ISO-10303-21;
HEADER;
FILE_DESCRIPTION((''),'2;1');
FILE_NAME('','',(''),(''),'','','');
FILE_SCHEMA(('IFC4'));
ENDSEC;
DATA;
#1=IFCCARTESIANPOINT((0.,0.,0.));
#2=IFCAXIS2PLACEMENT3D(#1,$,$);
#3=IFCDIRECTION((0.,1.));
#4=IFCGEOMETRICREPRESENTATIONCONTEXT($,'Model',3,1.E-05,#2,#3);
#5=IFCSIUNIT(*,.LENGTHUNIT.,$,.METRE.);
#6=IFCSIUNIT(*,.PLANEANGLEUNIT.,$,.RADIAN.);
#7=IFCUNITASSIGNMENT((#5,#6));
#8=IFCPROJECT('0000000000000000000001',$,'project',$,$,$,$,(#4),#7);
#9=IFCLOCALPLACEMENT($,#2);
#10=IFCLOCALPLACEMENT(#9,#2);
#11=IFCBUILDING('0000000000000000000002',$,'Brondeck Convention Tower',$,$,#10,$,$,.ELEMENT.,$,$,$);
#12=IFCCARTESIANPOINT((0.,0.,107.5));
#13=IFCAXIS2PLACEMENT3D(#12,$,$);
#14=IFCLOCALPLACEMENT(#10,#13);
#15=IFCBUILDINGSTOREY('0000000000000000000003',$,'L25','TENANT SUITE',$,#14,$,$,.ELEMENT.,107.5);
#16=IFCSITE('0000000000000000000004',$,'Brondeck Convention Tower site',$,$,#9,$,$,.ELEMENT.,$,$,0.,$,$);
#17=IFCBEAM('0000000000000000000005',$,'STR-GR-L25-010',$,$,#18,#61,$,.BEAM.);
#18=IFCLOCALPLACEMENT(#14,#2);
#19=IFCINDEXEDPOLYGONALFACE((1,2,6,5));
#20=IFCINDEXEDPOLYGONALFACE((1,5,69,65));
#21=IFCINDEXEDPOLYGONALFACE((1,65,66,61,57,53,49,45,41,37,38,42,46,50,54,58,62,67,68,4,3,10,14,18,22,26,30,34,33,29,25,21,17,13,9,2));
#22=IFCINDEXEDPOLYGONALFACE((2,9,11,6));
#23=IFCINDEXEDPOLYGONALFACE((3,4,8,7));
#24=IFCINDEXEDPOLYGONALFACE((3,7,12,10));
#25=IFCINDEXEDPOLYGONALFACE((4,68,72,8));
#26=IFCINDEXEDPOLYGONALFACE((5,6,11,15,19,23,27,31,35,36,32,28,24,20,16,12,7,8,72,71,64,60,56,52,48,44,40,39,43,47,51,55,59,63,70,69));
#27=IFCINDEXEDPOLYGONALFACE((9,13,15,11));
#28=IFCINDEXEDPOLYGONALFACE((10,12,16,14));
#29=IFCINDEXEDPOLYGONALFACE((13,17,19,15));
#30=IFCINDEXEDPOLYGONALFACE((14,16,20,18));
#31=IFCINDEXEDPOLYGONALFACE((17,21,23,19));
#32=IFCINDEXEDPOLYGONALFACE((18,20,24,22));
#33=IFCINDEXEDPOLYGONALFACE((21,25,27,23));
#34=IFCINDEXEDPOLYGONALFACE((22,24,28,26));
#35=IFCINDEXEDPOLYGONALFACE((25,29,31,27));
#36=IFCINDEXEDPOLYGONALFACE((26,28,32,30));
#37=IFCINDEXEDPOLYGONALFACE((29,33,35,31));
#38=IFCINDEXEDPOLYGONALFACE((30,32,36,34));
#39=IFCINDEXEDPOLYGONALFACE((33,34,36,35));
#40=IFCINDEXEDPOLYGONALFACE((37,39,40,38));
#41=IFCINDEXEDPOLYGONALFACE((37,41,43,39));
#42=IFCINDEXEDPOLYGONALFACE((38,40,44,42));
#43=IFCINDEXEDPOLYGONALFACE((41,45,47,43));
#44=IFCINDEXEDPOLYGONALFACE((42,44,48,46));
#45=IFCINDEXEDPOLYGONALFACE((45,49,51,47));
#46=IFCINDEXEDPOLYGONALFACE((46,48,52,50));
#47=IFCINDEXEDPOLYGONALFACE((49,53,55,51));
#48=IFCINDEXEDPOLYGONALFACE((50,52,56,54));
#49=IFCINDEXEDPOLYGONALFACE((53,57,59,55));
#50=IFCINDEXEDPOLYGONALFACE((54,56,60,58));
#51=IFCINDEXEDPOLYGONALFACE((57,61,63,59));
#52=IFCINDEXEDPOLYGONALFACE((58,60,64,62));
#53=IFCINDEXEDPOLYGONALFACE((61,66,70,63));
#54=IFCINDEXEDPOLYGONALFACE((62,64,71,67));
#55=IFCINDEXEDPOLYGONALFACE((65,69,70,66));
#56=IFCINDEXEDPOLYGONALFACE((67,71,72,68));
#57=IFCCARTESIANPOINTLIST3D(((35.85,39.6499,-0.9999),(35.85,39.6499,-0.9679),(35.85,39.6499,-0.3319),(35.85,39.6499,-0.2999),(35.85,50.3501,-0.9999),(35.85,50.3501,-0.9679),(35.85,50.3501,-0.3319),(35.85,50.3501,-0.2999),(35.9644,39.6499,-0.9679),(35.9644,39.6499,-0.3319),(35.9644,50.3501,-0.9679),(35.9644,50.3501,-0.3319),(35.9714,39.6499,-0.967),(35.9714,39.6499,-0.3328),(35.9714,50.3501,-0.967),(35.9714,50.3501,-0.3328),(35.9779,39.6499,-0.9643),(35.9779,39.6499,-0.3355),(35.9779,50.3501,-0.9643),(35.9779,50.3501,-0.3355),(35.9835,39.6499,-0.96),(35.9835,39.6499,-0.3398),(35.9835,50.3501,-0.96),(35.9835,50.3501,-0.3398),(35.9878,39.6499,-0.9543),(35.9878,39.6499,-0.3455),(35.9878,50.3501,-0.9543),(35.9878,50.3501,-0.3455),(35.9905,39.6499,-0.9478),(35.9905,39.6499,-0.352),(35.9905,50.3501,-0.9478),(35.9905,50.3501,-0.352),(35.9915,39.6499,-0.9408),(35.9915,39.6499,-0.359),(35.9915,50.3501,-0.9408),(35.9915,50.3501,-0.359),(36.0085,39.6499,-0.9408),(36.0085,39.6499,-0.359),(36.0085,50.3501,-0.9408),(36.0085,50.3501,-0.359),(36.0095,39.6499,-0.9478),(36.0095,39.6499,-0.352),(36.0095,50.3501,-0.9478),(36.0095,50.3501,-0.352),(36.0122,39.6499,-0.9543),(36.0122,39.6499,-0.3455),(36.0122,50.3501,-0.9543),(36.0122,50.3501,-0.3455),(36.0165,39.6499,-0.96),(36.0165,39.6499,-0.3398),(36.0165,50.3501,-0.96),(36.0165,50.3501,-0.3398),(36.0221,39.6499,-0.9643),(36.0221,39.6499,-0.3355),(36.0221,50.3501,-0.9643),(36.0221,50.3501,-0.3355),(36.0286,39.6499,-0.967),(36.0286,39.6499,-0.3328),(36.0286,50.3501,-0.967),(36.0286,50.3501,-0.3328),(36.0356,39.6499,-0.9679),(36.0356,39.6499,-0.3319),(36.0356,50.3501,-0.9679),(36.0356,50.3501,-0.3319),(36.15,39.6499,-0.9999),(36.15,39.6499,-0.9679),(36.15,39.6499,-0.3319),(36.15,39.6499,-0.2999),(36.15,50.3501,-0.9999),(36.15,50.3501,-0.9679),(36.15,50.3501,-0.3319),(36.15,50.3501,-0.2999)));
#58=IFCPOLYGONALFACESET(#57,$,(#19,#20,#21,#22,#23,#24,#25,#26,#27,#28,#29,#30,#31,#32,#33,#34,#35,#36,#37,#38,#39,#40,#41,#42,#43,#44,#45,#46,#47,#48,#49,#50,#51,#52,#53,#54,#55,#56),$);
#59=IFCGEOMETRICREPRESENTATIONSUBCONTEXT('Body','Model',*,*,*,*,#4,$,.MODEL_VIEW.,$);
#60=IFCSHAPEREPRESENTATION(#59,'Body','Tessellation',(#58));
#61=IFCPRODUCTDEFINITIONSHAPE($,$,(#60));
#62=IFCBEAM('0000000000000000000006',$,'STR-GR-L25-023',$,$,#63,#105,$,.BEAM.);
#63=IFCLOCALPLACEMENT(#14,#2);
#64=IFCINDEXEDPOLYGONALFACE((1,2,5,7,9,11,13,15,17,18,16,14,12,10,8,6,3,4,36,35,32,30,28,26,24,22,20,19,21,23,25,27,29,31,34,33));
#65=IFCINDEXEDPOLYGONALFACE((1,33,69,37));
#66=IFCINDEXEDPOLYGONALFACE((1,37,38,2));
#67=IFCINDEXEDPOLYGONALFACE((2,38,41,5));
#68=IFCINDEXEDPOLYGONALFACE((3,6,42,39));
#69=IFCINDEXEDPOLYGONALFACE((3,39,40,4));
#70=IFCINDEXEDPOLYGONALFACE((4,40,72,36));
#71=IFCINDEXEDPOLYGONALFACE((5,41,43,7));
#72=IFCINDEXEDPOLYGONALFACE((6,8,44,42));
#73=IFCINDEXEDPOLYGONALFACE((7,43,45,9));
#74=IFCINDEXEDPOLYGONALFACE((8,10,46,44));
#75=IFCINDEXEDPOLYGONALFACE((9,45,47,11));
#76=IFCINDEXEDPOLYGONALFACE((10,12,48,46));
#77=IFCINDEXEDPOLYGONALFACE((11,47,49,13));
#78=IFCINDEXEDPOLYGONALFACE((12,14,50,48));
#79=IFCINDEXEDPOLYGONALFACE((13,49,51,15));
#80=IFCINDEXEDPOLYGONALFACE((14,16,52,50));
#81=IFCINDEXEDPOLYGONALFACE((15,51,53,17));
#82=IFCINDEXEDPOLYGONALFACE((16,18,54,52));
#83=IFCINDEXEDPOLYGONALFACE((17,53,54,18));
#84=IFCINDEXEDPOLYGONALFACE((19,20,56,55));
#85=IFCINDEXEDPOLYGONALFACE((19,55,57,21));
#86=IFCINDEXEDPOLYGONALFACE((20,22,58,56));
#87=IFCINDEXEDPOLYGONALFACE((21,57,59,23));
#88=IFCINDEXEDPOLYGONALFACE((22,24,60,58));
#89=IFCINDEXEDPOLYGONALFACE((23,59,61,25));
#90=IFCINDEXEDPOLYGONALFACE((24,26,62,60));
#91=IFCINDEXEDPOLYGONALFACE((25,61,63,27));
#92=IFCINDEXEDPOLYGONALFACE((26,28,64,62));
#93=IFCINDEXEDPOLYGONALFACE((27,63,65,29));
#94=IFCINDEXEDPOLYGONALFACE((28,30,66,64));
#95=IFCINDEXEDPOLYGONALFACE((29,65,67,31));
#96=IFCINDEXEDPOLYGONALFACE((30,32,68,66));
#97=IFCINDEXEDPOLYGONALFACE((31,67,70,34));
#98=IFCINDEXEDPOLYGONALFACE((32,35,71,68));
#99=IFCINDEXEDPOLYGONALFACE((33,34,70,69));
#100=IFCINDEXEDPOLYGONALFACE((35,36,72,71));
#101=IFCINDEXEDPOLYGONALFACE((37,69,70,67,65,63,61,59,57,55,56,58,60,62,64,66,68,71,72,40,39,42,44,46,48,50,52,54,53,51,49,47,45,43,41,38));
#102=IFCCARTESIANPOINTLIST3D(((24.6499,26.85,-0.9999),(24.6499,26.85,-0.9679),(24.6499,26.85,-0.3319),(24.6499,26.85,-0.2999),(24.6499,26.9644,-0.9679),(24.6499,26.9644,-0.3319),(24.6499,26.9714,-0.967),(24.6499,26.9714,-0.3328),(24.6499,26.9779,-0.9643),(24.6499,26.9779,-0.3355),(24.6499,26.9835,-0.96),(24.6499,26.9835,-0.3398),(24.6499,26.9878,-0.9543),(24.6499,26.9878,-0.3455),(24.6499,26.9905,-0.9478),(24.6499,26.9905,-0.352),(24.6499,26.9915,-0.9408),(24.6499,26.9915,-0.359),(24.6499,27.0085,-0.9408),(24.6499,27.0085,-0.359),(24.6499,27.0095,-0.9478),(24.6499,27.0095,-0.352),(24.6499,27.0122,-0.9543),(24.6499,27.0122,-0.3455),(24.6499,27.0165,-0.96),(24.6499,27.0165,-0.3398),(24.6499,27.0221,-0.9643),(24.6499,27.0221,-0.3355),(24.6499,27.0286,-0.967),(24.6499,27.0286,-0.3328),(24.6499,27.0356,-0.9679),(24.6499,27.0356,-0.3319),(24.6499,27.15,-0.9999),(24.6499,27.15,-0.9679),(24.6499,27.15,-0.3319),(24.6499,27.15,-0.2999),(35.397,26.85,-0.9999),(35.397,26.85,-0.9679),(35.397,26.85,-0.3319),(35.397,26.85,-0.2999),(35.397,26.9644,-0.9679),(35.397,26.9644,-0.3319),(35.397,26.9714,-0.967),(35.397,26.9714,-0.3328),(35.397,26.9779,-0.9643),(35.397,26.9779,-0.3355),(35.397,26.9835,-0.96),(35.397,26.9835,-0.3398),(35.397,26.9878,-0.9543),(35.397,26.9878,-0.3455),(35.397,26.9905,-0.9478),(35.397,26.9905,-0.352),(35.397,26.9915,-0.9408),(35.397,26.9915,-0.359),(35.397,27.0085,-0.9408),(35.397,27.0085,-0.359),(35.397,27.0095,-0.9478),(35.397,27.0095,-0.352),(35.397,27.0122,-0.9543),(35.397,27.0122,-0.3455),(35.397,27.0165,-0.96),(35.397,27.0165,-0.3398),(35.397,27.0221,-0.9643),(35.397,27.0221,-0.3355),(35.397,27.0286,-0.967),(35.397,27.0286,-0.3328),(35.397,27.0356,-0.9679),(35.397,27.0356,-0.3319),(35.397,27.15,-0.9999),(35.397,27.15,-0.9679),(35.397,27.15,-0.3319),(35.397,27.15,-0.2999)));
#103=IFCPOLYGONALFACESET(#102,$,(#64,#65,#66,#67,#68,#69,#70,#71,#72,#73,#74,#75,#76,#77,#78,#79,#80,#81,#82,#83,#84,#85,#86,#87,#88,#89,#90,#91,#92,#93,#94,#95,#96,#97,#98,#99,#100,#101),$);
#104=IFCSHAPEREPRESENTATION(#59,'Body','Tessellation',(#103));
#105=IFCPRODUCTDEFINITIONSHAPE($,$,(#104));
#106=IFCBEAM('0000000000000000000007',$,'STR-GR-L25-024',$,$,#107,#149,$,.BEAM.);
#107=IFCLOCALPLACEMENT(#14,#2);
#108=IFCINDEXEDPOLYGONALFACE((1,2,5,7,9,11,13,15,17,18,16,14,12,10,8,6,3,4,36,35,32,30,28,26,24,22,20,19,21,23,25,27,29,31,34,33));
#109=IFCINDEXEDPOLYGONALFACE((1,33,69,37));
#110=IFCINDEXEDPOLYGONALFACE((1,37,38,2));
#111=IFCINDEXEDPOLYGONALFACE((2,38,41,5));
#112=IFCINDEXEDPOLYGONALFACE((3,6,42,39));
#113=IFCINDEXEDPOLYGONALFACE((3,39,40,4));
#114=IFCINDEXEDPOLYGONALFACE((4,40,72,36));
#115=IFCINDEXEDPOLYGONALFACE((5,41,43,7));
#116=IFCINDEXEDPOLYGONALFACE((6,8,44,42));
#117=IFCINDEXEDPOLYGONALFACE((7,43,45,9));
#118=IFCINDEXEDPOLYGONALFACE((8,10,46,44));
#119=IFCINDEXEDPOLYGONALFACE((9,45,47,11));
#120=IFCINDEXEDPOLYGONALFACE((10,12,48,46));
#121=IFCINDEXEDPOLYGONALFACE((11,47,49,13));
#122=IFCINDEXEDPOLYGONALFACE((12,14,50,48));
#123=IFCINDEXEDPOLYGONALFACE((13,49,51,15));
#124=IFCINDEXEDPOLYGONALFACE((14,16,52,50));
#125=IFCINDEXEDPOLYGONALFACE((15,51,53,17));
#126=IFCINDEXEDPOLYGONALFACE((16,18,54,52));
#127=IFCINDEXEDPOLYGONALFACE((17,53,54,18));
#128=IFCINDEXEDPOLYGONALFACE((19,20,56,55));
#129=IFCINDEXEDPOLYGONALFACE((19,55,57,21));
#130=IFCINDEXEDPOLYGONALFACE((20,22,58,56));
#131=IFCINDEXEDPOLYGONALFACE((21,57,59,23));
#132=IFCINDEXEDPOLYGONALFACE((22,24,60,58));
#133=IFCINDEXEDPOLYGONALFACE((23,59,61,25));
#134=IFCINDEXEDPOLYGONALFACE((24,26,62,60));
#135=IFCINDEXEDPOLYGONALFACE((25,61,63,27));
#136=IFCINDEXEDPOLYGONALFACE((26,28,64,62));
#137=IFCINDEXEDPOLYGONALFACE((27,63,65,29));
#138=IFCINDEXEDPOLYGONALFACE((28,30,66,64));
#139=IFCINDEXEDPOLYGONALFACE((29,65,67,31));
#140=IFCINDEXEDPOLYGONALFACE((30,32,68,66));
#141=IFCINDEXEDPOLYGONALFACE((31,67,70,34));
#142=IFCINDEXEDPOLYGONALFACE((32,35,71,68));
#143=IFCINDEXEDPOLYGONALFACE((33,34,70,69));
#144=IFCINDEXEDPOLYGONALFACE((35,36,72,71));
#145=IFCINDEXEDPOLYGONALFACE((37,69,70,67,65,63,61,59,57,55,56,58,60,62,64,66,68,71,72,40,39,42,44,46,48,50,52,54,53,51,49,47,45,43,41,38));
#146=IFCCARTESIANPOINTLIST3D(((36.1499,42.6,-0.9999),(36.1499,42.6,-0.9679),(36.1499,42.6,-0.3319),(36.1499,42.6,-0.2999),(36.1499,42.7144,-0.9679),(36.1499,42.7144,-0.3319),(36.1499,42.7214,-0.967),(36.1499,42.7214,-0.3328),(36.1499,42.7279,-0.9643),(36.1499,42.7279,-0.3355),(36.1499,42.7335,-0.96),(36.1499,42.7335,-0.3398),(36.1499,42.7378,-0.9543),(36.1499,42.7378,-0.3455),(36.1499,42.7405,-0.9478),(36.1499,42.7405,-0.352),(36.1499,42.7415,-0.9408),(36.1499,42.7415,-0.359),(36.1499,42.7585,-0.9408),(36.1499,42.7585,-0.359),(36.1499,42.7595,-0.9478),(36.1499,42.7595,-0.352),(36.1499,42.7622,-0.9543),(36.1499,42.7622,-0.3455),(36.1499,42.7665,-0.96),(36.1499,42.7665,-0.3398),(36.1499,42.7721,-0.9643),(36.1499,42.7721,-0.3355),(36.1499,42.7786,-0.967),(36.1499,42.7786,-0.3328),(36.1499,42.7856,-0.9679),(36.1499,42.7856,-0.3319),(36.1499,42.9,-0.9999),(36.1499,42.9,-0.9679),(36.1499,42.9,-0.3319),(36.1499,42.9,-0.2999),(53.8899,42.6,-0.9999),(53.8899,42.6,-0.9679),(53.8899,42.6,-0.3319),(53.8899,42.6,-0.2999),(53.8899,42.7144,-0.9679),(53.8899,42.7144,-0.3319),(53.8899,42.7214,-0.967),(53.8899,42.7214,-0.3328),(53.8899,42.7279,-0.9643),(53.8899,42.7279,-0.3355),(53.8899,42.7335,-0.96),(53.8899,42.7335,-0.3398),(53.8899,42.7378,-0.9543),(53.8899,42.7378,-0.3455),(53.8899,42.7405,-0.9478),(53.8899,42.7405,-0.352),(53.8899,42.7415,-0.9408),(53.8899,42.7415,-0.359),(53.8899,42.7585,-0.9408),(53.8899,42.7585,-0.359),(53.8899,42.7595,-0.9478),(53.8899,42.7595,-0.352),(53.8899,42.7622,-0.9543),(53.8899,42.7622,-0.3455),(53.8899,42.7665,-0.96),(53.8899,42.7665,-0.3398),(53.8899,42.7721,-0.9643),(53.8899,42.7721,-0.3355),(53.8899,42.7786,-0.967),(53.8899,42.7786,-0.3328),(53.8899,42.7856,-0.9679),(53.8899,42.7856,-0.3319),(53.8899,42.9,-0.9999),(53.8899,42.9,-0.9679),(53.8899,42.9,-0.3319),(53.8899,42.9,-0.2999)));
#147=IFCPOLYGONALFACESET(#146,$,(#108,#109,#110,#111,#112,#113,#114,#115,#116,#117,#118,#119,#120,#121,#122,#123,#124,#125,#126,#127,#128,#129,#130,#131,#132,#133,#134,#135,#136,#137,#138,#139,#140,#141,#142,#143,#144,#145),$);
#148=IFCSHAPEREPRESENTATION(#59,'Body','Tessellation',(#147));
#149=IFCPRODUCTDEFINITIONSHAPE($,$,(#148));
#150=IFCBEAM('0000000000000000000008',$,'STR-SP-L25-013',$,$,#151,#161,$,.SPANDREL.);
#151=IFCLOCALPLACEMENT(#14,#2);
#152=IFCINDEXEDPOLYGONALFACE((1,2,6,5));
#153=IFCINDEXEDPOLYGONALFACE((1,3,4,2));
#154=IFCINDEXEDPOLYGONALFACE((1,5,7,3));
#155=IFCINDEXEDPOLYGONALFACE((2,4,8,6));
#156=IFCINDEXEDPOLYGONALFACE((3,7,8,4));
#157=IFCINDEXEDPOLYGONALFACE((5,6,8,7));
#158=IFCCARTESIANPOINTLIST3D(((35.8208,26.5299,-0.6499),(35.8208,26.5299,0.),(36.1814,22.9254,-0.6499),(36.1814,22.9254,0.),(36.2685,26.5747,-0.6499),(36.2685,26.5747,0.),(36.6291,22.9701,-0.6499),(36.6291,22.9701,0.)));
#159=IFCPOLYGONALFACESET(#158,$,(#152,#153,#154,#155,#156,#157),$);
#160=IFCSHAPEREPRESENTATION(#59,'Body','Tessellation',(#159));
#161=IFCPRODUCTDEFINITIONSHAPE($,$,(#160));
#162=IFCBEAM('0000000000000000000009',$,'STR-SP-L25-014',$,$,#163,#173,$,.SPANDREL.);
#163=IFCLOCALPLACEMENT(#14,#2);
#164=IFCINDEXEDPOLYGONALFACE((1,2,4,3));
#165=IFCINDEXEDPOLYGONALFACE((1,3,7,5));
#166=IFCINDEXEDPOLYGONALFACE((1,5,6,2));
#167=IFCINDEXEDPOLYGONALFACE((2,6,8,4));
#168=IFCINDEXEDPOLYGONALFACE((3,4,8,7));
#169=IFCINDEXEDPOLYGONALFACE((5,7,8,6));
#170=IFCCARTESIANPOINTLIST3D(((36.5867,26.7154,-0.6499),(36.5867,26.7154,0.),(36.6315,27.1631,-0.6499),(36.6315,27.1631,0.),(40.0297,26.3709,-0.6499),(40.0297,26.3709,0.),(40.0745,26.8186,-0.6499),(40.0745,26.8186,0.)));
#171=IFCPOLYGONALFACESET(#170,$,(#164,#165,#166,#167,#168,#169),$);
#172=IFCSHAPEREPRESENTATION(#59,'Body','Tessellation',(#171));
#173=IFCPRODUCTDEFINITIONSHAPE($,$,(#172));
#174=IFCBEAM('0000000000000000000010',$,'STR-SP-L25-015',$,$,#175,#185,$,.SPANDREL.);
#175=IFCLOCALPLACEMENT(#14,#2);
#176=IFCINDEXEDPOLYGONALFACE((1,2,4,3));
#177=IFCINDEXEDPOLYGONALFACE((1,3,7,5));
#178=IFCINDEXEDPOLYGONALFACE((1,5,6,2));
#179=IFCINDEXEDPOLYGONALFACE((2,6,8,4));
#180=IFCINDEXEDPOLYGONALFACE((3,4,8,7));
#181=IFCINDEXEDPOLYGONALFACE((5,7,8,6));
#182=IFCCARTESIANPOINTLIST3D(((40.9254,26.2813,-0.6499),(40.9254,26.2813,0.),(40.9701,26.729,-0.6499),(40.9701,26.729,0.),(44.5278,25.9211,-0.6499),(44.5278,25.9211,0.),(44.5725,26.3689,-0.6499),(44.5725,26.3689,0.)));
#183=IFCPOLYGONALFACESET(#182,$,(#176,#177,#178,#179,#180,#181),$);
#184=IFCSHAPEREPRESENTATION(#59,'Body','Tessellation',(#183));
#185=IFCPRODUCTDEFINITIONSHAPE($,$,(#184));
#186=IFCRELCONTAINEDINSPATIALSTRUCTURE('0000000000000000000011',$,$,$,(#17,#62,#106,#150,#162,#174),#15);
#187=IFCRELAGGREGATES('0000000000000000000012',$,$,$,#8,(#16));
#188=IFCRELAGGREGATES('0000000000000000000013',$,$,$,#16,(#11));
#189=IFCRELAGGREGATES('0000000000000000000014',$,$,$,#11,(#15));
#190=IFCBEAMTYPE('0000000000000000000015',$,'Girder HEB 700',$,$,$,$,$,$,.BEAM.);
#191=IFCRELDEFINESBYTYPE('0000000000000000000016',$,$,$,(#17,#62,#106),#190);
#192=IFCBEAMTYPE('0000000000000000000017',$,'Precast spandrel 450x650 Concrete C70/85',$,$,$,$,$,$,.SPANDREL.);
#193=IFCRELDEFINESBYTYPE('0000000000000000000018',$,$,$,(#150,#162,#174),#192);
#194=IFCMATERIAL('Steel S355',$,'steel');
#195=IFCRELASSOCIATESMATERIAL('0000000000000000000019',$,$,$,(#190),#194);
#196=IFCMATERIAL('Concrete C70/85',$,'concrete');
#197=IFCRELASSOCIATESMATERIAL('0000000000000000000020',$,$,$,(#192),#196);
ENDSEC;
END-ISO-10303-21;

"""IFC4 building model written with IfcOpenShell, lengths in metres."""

from ifc_helpers import new_model, si_unit, direction, frame, origin, origin_2d, place, context, subcontext, project, spatial, rectangle, i_section, extrude, material, material_profile, profile_set, type_object, element, save


model = new_model("IFC4")

# Units and contexts
model_context = context("Model", 3, precision=1e-05, world=origin(), true_north=direction((0.0, 1.0)))
body_context = subcontext(model_context, "Body", "Model", "MODEL_VIEW")
ifc_project = project(units=[si_unit("LENGTHUNIT", "METRE"), si_unit("PLANEANGLEUNIT", "RADIAN")], contexts=[model_context])

# Site, building, storey
site_placement = place(None, origin())
site = spatial("IfcSite", under=ifc_project, at=site_placement, Name="Brondeck Convention Tower site", CompositionType="ELEMENT", RefElevation=0.0)
building_placement = place(site_placement, origin())
building = spatial("IfcBuilding", under=site, at=building_placement, Name="Brondeck Convention Tower", CompositionType="ELEMENT")
storey_placement = place(building_placement, frame((0.0, 0.0, 107.5)))
storey = spatial("IfcBuildingStorey", under=building, at=storey_placement, Name="L25", Description="TENANT SUITE", CompositionType="ELEMENT", Elevation=107.5)

# Shared definitions
ifc_material_1 = material(Name="Concrete C70/85", Category="concrete")

# Beams
ifc_material_2 = material(Name="Steel S355", Category="steel")
ifc_material_profile_1 = material_profile(ifc_material_2, i_section(OverallWidth=0.3, OverallDepth=0.7, WebThickness=0.0171, FlangeThickness=0.032, FilletRadius=0.0271, at=origin_2d()), Name="HEB 700")
ifc_profile_set_1 = profile_set([ifc_material_profile_1], Name="Steel S355")
beam_type_1 = type_object("IfcBeamType", Name="Girder HEB 700", PredefinedType="BEAM", material=ifc_profile_set_1)
beam_1_placement = place(storey_placement, frame((36.0, 39.6499, -0.6499), z_axis=(0.0, 1.0, 0.0), x_axis=(-1.0, 0.0, 0.0)))
element("IfcBeam", 1, at=beam_1_placement, inside=storey, type_object=beam_type_1, Name="STR-GR-L25-010", PredefinedType="BEAM", context=body_context, shape_type="SweptSolid", body=[
    extrude(i_section(OverallWidth=0.3, OverallDepth=0.7, WebThickness=0.0171, FlangeThickness=0.032, FilletRadius=0.0271, at=origin_2d()), origin(), (0.0, 0.0, 1.0), 10.7002),
])
beam_2_placement = place(storey_placement, frame((24.6499, 27.0, -0.6499), z_axis=(1.0, 0.0, 0.0), x_axis=(0.0, 1.0, 0.0)))
element("IfcBeam", 2, at=beam_2_placement, inside=storey, type_object=beam_type_1, Name="STR-GR-L25-023", PredefinedType="BEAM", context=body_context, shape_type="SweptSolid", body=[
    extrude(i_section(OverallWidth=0.3, OverallDepth=0.7, WebThickness=0.0171, FlangeThickness=0.032, FilletRadius=0.0271, at=origin_2d()), origin(), (0.0, 0.0, 1.0), 10.7471),
])
beam_3_placement = place(storey_placement, frame((36.1499, 42.75, -0.6499), z_axis=(1.0, 0.0, 0.0), x_axis=(0.0, 1.0, 0.0)))
element("IfcBeam", 3, at=beam_3_placement, inside=storey, type_object=beam_type_1, Name="STR-GR-L25-024", PredefinedType="BEAM", context=body_context, shape_type="SweptSolid", body=[
    extrude(i_section(OverallWidth=0.3, OverallDepth=0.7, WebThickness=0.0171, FlangeThickness=0.032, FilletRadius=0.0271, at=origin_2d()), origin(), (0.0, 0.0, 1.0), 17.74),
])
ifc_material_profile_2 = material_profile(ifc_material_1, rectangle(XDim=0.45, YDim=0.6499, at=origin_2d()), Name="Precast spandrel 450x650 Concrete C70/85")
ifc_profile_set_2 = profile_set([ifc_material_profile_2], Name="Concrete C70/85")
beam_type_2 = type_object("IfcBeamType", Name="Precast spandrel 450x650 Concrete C70/85", PredefinedType="SPANDREL", material=ifc_profile_set_2)
beam_4_placement = place(storey_placement, frame((36.4053, 22.9478, -0.325), z_axis=(-0.099544, 0.995033, 0.0), x_axis=(-0.995033, -0.099544, 0.0)))
element("IfcBeam", 4, at=beam_4_placement, inside=storey, type_object=beam_type_2, Name="STR-SP-L25-013", PredefinedType="SPANDREL", context=body_context, shape_type="SweptSolid", body=[
    extrude(rectangle(XDim=0.45, YDim=0.6499, at=origin_2d()), origin(), (0.0, 0.0, 1.0), 3.6226),
])
beam_5_placement = place(storey_placement, frame((36.6091, 26.9392, -0.325), z_axis=(0.995032, -0.099553, 0.0), x_axis=(0.099553, 0.995032, 0.0)))
element("IfcBeam", 5, at=beam_5_placement, inside=storey, type_object=beam_type_2, Name="STR-SP-L25-014", PredefinedType="SPANDREL", context=body_context, shape_type="SweptSolid", body=[
    extrude(rectangle(XDim=0.45, YDim=0.6499, at=origin_2d()), origin(), (0.0, 0.0, 1.0), 3.4602),
])
beam_6_placement = place(storey_placement, frame((40.9478, 26.5051, -0.325), z_axis=(0.995041, -0.09947, 0.0), x_axis=(0.09947, 0.995041, 0.0)))
element("IfcBeam", 6, at=beam_6_placement, inside=storey, type_object=beam_type_2, Name="STR-SP-L25-015", PredefinedType="SPANDREL", context=body_context, shape_type="SweptSolid", body=[
    extrude(rectangle(XDim=0.45, YDim=0.6499, at=origin_2d()), origin(), (0.0, 0.0, 1.0), 3.6204),
])

save(model, "model.ifc")
